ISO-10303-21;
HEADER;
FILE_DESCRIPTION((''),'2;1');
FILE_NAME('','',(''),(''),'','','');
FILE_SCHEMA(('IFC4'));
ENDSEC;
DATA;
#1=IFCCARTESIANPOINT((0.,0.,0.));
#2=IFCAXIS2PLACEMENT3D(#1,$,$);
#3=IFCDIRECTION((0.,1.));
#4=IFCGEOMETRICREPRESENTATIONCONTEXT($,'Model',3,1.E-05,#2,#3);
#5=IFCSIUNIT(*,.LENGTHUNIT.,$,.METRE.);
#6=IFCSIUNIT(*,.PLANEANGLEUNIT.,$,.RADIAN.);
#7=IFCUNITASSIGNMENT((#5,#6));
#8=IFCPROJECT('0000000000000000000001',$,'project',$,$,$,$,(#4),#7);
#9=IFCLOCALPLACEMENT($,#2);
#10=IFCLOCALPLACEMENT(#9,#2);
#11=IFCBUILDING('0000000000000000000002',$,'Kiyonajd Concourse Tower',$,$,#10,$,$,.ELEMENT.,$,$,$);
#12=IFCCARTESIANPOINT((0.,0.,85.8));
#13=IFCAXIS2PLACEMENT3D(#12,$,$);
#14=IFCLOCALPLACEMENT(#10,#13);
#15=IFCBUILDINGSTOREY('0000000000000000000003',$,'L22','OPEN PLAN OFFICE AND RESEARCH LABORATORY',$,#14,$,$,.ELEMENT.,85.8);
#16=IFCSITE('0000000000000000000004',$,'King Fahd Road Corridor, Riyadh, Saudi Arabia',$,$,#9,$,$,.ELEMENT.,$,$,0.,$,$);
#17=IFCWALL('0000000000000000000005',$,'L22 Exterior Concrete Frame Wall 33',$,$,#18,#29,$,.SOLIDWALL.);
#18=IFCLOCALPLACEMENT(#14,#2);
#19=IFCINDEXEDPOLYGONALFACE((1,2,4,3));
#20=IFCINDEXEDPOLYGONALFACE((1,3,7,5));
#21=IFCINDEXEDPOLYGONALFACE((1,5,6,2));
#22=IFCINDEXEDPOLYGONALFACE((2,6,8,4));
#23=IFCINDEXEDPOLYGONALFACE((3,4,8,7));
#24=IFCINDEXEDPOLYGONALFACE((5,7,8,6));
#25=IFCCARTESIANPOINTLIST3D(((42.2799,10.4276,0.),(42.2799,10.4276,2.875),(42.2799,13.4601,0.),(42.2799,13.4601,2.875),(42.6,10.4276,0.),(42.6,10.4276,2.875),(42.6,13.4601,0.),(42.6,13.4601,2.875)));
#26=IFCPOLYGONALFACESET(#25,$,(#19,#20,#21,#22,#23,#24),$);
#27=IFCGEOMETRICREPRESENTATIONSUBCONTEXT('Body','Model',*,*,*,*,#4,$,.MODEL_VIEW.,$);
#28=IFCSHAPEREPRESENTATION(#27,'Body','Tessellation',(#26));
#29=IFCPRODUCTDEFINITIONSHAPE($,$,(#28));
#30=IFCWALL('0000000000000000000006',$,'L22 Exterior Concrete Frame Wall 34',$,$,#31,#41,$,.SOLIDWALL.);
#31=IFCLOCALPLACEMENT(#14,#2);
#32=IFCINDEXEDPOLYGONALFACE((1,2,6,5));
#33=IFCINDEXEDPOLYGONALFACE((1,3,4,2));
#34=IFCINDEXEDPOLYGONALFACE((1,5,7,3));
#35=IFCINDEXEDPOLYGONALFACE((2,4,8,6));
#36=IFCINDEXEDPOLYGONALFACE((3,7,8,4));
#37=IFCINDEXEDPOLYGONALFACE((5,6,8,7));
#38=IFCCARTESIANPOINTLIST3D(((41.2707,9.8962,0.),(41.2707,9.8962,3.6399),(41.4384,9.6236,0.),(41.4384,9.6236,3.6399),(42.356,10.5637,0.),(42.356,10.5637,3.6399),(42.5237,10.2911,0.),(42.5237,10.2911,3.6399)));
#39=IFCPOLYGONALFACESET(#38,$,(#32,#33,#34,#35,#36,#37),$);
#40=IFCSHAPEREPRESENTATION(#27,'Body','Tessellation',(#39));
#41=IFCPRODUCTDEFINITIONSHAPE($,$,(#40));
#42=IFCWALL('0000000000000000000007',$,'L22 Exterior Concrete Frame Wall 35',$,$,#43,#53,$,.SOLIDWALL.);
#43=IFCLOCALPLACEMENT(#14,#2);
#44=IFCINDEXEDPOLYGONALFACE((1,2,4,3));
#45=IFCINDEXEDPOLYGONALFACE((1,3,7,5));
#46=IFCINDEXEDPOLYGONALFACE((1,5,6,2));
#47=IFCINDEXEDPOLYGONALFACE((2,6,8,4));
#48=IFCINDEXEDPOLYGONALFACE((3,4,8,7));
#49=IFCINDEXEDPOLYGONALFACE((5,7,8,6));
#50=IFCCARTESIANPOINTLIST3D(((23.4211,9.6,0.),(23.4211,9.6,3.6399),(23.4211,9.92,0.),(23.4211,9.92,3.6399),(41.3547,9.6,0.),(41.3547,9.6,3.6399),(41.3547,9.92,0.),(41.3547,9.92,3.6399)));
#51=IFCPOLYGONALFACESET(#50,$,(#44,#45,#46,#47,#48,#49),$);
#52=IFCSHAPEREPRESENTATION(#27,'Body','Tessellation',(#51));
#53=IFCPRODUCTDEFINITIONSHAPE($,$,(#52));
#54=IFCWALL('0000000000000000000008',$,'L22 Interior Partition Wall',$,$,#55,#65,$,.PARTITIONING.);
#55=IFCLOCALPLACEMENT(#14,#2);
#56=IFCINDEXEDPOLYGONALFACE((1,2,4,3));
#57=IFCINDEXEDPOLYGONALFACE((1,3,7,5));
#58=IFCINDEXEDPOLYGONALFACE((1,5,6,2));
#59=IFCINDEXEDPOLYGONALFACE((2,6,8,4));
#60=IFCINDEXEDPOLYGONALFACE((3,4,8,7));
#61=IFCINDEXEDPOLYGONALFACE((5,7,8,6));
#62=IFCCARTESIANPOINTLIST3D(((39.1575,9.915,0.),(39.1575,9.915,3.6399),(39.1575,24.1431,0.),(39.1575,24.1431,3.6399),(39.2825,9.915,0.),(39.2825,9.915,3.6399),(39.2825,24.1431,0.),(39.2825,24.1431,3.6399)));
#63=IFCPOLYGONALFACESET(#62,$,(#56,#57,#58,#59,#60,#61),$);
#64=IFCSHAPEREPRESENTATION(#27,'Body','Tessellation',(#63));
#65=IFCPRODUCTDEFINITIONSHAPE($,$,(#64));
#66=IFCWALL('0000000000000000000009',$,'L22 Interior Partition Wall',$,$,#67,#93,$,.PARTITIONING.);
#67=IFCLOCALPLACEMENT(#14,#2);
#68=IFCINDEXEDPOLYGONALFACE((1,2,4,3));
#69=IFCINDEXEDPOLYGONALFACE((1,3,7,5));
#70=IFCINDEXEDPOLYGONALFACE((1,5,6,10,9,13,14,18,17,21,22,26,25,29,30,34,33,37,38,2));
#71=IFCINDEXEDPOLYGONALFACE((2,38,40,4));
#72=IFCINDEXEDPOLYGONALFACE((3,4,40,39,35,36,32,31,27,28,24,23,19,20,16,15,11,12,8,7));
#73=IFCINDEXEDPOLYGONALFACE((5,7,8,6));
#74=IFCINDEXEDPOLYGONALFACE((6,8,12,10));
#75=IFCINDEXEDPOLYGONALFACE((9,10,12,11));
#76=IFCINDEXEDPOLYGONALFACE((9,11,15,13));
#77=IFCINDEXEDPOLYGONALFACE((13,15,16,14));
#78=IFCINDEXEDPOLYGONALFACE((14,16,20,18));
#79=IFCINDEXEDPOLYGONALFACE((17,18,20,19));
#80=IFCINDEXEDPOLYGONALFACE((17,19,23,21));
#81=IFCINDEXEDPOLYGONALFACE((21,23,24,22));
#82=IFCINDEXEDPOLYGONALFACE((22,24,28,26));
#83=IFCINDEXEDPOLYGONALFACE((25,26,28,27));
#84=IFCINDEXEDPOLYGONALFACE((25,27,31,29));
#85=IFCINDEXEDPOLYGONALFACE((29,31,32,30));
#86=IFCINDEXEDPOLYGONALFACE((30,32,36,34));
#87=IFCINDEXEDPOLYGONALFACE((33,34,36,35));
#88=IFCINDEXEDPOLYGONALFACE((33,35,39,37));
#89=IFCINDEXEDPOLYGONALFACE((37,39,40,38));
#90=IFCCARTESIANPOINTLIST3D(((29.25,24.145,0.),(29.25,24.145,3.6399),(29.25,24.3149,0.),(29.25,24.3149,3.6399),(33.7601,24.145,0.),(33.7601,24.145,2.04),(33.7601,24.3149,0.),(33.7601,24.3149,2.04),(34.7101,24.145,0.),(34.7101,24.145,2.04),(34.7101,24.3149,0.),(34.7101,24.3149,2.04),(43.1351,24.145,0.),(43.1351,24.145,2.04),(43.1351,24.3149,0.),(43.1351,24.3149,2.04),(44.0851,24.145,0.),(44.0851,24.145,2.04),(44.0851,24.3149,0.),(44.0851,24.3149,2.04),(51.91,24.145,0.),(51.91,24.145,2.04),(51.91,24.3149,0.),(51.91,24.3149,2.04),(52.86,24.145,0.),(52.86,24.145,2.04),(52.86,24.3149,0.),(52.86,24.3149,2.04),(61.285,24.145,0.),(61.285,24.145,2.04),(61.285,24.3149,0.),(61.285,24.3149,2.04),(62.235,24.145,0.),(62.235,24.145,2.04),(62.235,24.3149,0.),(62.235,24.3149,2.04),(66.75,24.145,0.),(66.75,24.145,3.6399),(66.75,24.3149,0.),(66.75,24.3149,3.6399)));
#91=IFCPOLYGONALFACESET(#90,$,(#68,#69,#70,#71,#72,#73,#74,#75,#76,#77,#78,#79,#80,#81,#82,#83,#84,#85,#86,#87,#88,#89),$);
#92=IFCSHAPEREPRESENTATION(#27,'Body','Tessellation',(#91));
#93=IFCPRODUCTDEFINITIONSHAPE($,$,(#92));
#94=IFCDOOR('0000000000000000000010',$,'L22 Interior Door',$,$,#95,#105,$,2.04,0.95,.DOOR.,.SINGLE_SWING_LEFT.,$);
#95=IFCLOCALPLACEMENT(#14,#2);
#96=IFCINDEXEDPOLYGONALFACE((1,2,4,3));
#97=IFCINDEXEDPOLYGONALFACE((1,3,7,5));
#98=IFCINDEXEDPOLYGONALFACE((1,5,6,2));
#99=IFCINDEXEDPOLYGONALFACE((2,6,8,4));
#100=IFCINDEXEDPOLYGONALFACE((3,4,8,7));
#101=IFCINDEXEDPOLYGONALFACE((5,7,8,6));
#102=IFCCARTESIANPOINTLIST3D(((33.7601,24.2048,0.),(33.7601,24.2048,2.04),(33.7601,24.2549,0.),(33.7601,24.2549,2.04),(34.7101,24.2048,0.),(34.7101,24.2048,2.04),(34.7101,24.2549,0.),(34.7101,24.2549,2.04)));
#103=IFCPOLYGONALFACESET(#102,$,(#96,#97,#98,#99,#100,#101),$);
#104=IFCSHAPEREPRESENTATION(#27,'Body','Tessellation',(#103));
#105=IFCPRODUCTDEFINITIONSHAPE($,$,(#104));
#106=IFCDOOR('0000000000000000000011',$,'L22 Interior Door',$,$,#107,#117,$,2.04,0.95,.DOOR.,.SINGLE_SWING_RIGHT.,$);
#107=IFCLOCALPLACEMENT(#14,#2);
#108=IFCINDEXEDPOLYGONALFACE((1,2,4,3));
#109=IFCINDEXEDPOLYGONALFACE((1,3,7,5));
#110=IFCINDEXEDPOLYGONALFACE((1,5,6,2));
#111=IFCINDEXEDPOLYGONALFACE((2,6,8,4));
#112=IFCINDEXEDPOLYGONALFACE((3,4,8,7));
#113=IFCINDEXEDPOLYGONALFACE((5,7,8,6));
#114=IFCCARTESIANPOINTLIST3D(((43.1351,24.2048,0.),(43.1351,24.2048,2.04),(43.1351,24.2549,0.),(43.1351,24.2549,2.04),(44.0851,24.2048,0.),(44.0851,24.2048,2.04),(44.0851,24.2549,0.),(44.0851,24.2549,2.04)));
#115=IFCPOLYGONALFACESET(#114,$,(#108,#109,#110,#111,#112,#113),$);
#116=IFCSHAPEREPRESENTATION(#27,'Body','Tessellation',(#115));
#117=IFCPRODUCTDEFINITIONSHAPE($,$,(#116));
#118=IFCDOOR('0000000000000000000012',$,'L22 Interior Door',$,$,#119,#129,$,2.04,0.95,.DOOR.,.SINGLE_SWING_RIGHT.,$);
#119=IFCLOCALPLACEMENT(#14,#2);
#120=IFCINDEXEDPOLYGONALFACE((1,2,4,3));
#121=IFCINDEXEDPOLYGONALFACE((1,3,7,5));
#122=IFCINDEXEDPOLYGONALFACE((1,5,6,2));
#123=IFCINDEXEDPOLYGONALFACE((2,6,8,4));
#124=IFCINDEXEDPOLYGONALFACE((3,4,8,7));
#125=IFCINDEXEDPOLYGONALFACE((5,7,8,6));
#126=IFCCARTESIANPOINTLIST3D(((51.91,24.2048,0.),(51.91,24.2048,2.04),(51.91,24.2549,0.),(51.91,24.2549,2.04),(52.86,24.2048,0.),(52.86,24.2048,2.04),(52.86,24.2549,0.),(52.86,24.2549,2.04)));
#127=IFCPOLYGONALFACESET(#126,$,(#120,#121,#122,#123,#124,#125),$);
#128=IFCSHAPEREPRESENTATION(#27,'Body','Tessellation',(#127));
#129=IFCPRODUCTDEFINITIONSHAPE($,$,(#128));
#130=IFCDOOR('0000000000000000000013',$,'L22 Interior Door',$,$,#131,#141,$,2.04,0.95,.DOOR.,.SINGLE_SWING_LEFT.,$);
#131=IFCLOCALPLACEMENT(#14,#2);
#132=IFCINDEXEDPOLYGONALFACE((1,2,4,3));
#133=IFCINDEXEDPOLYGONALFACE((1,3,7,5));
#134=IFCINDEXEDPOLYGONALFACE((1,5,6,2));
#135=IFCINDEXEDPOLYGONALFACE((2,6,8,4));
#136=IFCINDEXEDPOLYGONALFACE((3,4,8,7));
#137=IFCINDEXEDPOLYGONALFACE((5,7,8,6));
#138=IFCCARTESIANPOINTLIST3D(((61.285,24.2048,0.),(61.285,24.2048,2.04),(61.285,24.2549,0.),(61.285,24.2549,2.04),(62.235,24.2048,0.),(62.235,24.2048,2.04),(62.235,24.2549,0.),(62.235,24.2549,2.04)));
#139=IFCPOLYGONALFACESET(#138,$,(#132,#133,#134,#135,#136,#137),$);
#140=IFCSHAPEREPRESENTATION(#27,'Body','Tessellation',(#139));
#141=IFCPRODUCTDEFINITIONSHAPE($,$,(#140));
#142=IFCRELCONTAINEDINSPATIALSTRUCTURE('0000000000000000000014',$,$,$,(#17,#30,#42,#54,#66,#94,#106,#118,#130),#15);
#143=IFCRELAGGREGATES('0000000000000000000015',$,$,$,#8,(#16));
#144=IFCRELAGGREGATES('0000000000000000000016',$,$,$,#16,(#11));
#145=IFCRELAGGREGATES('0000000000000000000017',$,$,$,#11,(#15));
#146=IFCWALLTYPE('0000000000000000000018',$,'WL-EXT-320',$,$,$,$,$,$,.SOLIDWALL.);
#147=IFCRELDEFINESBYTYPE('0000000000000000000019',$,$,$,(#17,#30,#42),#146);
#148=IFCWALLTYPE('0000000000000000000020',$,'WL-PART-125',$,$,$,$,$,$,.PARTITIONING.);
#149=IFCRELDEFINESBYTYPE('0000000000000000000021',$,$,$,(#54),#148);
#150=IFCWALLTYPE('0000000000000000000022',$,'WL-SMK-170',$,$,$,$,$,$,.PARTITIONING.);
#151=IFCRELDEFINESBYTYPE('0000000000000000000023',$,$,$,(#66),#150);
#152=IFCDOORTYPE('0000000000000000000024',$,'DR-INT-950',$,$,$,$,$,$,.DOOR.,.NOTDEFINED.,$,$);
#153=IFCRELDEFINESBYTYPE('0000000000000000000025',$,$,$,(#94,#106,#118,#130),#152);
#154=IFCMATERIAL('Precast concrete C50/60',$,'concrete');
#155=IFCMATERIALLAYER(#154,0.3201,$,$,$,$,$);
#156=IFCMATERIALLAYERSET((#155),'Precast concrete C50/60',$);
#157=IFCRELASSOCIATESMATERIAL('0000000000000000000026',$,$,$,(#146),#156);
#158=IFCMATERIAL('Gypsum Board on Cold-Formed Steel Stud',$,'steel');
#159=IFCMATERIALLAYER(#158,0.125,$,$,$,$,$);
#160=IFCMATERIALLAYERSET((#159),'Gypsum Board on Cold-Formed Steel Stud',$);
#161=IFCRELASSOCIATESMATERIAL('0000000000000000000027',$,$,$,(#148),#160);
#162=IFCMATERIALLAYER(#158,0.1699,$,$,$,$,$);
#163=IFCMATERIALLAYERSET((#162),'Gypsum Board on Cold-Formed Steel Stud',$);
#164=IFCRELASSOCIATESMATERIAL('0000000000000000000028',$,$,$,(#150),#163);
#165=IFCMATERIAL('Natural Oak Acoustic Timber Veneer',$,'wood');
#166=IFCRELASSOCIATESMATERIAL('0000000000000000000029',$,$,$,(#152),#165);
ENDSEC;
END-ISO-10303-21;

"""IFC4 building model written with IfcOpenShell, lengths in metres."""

from ifc_helpers import new_model, si_unit, direction, frame, frame_2d, origin, place, context, subcontext, project, spatial, rectangle, extrude, material, layer, layer_set, type_object, element, fill, save


model = new_model("IFC4")

# Units and contexts
model_context = context("Model", 3, precision=1e-05, world=origin(), true_north=direction((0.0, 1.0)))
body_context = subcontext(model_context, "Body", "Model", "MODEL_VIEW")
ifc_project = project(units=[si_unit("LENGTHUNIT", "METRE"), si_unit("PLANEANGLEUNIT", "RADIAN")], contexts=[model_context])

# Site, building, storey
site_placement = place(None, origin())
site = spatial("IfcSite", under=ifc_project, at=site_placement, Name="King Fahd Road Corridor, Riyadh, Saudi Arabia", CompositionType="ELEMENT", RefElevation=0.0)
building_placement = place(site_placement, origin())
building = spatial("IfcBuilding", under=site, at=building_placement, Name="Kiyonajd Concourse Tower", CompositionType="ELEMENT")
storey_placement = place(building_placement, frame((0.0, 0.0, 85.8)))
storey = spatial("IfcBuildingStorey", under=building, at=storey_placement, Name="L22", Description="OPEN PLAN OFFICE AND RESEARCH LABORATORY", CompositionType="ELEMENT", Elevation=85.8)

# Shared definitions
ifc_material_1 = material(Name="Precast concrete C50/60", Category="concrete")

# Walls
ifc_layer_1 = layer(ifc_material_1, 0.3201)
ifc_layer_set_1 = layer_set([ifc_layer_1], Name="Precast concrete C50/60")
wall_type_1 = type_object("IfcWallType", Name="WL-EXT-320", PredefinedType="SOLIDWALL", material=ifc_layer_set_1)
wall_1_placement = place(storey_placement, frame((42.4399, 13.46, 0.0), z_axis=(0.0, 0.0, 1.0), x_axis=(0.0, -1.0, 0.0)))
element("IfcWall", 1, at=wall_1_placement, inside=storey, type_object=wall_type_1, Name="L22 Exterior Concrete Frame Wall 33", PredefinedType="SOLIDWALL", context=body_context, shape_type="SweptSolid", body=[
    extrude(rectangle(XDim=3.0325, YDim=0.3201, at=frame_2d((1.5161, 0.0))), origin(), (0.0, 0.0, 1.0), 2.875),
])
wall_2_placement = place(storey_placement, frame((42.4399, 10.4275, 0.0), z_axis=(0.0, 0.0, 1.0), x_axis=(-0.851777, -0.523905, 0.0)))
element("IfcWall", 2, at=wall_2_placement, inside=storey, type_object=wall_type_1, Name="L22 Exterior Concrete Frame Wall 34", PredefinedType="SOLIDWALL", context=body_context, shape_type="SweptSolid", body=[
    extrude(rectangle(XDim=1.2742, YDim=0.3201, at=frame_2d((0.6372, 0.0))), origin(), (0.0, 0.0, 1.0), 3.6399),
])
wall_3_placement = place(storey_placement, frame((41.3547, 9.76, 0.0), z_axis=(0.0, 0.0, 1.0), x_axis=(-1.0, 0.0, 0.0)))
element("IfcWall", 3, at=wall_3_placement, inside=storey, type_object=wall_type_1, Name="L22 Exterior Concrete Frame Wall 35", PredefinedType="SOLIDWALL", context=body_context, shape_type="SweptSolid", body=[
    extrude(rectangle(XDim=17.9336, YDim=0.3201, at=frame_2d((8.9668, 0.0))), origin(), (0.0, 0.0, 1.0), 3.6399),
])
ifc_material_2 = material(Name="Gypsum Board on Cold-Formed Steel Stud", Category="steel")
ifc_layer_2 = layer(ifc_material_2, 0.125)
ifc_layer_set_2 = layer_set([ifc_layer_2], Name="Gypsum Board on Cold-Formed Steel Stud")
wall_type_2 = type_object("IfcWallType", Name="WL-PART-125", PredefinedType="PARTITIONING", material=ifc_layer_set_2)
wall_4_placement = place(storey_placement, frame((39.22, 9.915, 0.0), z_axis=(0.0, 0.0, 1.0), x_axis=(0.0, 1.0, 0.0)))
element("IfcWall", 4, at=wall_4_placement, inside=storey, type_object=wall_type_2, Name="L22 Interior Partition Wall", PredefinedType="PARTITIONING", context=body_context, shape_type="SweptSolid", body=[
    extrude(rectangle(XDim=14.228, YDim=0.125, at=frame_2d((7.114, 0.0))), origin(), (0.0, 0.0, 1.0), 3.6399),
])

# Wall, openings, doors
ifc_layer_3 = layer(ifc_material_2, 0.1699)
ifc_layer_set_3 = layer_set([ifc_layer_3], Name="Gypsum Board on Cold-Formed Steel Stud")
wall_type_3 = type_object("IfcWallType", Name="WL-SMK-170", PredefinedType="PARTITIONING", material=ifc_layer_set_3)
wall_5_placement = place(storey_placement, frame((29.25, 24.23, 0.0), z_axis=(0.0, 0.0, 1.0), x_axis=(1.0, 0.0, 0.0)))
wall_5 = element("IfcWall", 5, at=wall_5_placement, inside=storey, type_object=wall_type_3, Name="L22 Interior Partition Wall", PredefinedType="PARTITIONING", context=body_context, shape_type="SweptSolid", body=[
    extrude(rectangle(XDim=37.5, YDim=0.1699, at=frame_2d((18.75, 0.0))), origin(), (0.0, 0.0, 1.0), 3.6399),
])
opening_1_placement = place(wall_5_placement, frame((4.51, 0.0, 0.0)))
opening_1 = element("IfcOpeningElement", 6, at=opening_1_placement, cuts=wall_5, PredefinedType="OPENING", context=body_context, shape_type="SweptSolid", body=[
    extrude(rectangle(XDim=0.95, YDim=2.04, at=frame_2d((0.4751, 1.02))), frame((0.0, 0.095, 0.0), z_axis=(0.0, -1.0, 0.0), x_axis=(1.0, 0.0, 0.0)), (0.0, 0.0, 1.0), 0.1899),
])
opening_2_placement = place(wall_5_placement, frame((13.885, 0.0, 0.0)))
opening_2 = element("IfcOpeningElement", 7, at=opening_2_placement, cuts=wall_5, PredefinedType="OPENING", context=body_context, shape_type="SweptSolid", body=[
    extrude(rectangle(XDim=0.95, YDim=2.04, at=frame_2d((0.4751, 1.02))), frame((0.0, 0.095, 0.0), z_axis=(0.0, -1.0, 0.0), x_axis=(1.0, 0.0, 0.0)), (0.0, 0.0, 1.0), 0.1899),
])
opening_3_placement = place(wall_5_placement, frame((22.6599, 0.0, 0.0)))
opening_3 = element("IfcOpeningElement", 8, at=opening_3_placement, cuts=wall_5, PredefinedType="OPENING", context=body_context, shape_type="SweptSolid", body=[
    extrude(rectangle(XDim=0.95, YDim=2.04, at=frame_2d((0.4751, 1.02))), frame((0.0, 0.095, 0.0), z_axis=(0.0, -1.0, 0.0), x_axis=(1.0, 0.0, 0.0)), (0.0, 0.0, 1.0), 0.1899),
])
opening_4_placement = place(wall_5_placement, frame((32.0349, 0.0, 0.0)))
opening_4 = element("IfcOpeningElement", 9, at=opening_4_placement, cuts=wall_5, PredefinedType="OPENING", context=body_context, shape_type="SweptSolid", body=[
    extrude(rectangle(XDim=0.95, YDim=2.04, at=frame_2d((0.4751, 1.02))), frame((0.0, 0.095, 0.0), z_axis=(0.0, -1.0, 0.0), x_axis=(1.0, 0.0, 0.0)), (0.0, 0.0, 1.0), 0.1899),
])
ifc_material_3 = material(Name="Natural Oak Acoustic Timber Veneer", Category="wood")
door_type = type_object("IfcDoorType", Name="DR-INT-950", OperationType="NOTDEFINED", PredefinedType="DOOR", material=ifc_material_3)
door_1_placement = place(opening_1_placement, origin())
door_1 = element("IfcDoor", 10, at=door_1_placement, inside=storey, type_object=door_type, Name="L22 Interior Door", OperationType="SINGLE_SWING_LEFT", OverallHeight=2.04, OverallWidth=0.95, PredefinedType="DOOR", context=body_context, shape_type="SweptSolid", body=[
    extrude(rectangle(XDim=0.95, YDim=2.04, at=frame_2d((0.4751, 1.02))), frame((0.0, 0.0249, 0.0), z_axis=(0.0, -1.0, 0.0), x_axis=(1.0, 0.0, 0.0)), (0.0, 0.0, 1.0), 0.05),
])
fill(opening_1, door_1)
door_2_placement = place(opening_2_placement, origin())
door_2 = element("IfcDoor", 11, at=door_2_placement, inside=storey, type_object=door_type, Name="L22 Interior Door", OperationType="SINGLE_SWING_RIGHT", OverallHeight=2.04, OverallWidth=0.95, PredefinedType="DOOR", context=body_context, shape_type="SweptSolid", body=[
    extrude(rectangle(XDim=0.95, YDim=2.04, at=frame_2d((0.4751, 1.02))), frame((0.0, 0.0249, 0.0), z_axis=(0.0, -1.0, 0.0), x_axis=(1.0, 0.0, 0.0)), (0.0, 0.0, 1.0), 0.05),
])
fill(opening_2, door_2)
door_3_placement = place(opening_3_placement, origin())
door_3 = element("IfcDoor", 12, at=door_3_placement, inside=storey, type_object=door_type, Name="L22 Interior Door", OperationType="SINGLE_SWING_RIGHT", OverallHeight=2.04, OverallWidth=0.95, PredefinedType="DOOR", context=body_context, shape_type="SweptSolid", body=[
    extrude(rectangle(XDim=0.95, YDim=2.04, at=frame_2d((0.4751, 1.02))), frame((0.0, 0.0249, 0.0), z_axis=(0.0, -1.0, 0.0), x_axis=(1.0, 0.0, 0.0)), (0.0, 0.0, 1.0), 0.05),
])
fill(opening_3, door_3)
door_4_placement = place(opening_4_placement, origin())
door_4 = element("IfcDoor", 13, at=door_4_placement, inside=storey, type_object=door_type, Name="L22 Interior Door", OperationType="SINGLE_SWING_LEFT", OverallHeight=2.04, OverallWidth=0.95, PredefinedType="DOOR", context=body_context, shape_type="SweptSolid", body=[
    extrude(rectangle(XDim=0.95, YDim=2.04, at=frame_2d((0.4751, 1.02))), frame((0.0, 0.0249, 0.0), z_axis=(0.0, -1.0, 0.0), x_axis=(1.0, 0.0, 0.0)), (0.0, 0.0, 1.0), 0.05),
])
fill(opening_4, door_4)

save(model, "model.ifc")
